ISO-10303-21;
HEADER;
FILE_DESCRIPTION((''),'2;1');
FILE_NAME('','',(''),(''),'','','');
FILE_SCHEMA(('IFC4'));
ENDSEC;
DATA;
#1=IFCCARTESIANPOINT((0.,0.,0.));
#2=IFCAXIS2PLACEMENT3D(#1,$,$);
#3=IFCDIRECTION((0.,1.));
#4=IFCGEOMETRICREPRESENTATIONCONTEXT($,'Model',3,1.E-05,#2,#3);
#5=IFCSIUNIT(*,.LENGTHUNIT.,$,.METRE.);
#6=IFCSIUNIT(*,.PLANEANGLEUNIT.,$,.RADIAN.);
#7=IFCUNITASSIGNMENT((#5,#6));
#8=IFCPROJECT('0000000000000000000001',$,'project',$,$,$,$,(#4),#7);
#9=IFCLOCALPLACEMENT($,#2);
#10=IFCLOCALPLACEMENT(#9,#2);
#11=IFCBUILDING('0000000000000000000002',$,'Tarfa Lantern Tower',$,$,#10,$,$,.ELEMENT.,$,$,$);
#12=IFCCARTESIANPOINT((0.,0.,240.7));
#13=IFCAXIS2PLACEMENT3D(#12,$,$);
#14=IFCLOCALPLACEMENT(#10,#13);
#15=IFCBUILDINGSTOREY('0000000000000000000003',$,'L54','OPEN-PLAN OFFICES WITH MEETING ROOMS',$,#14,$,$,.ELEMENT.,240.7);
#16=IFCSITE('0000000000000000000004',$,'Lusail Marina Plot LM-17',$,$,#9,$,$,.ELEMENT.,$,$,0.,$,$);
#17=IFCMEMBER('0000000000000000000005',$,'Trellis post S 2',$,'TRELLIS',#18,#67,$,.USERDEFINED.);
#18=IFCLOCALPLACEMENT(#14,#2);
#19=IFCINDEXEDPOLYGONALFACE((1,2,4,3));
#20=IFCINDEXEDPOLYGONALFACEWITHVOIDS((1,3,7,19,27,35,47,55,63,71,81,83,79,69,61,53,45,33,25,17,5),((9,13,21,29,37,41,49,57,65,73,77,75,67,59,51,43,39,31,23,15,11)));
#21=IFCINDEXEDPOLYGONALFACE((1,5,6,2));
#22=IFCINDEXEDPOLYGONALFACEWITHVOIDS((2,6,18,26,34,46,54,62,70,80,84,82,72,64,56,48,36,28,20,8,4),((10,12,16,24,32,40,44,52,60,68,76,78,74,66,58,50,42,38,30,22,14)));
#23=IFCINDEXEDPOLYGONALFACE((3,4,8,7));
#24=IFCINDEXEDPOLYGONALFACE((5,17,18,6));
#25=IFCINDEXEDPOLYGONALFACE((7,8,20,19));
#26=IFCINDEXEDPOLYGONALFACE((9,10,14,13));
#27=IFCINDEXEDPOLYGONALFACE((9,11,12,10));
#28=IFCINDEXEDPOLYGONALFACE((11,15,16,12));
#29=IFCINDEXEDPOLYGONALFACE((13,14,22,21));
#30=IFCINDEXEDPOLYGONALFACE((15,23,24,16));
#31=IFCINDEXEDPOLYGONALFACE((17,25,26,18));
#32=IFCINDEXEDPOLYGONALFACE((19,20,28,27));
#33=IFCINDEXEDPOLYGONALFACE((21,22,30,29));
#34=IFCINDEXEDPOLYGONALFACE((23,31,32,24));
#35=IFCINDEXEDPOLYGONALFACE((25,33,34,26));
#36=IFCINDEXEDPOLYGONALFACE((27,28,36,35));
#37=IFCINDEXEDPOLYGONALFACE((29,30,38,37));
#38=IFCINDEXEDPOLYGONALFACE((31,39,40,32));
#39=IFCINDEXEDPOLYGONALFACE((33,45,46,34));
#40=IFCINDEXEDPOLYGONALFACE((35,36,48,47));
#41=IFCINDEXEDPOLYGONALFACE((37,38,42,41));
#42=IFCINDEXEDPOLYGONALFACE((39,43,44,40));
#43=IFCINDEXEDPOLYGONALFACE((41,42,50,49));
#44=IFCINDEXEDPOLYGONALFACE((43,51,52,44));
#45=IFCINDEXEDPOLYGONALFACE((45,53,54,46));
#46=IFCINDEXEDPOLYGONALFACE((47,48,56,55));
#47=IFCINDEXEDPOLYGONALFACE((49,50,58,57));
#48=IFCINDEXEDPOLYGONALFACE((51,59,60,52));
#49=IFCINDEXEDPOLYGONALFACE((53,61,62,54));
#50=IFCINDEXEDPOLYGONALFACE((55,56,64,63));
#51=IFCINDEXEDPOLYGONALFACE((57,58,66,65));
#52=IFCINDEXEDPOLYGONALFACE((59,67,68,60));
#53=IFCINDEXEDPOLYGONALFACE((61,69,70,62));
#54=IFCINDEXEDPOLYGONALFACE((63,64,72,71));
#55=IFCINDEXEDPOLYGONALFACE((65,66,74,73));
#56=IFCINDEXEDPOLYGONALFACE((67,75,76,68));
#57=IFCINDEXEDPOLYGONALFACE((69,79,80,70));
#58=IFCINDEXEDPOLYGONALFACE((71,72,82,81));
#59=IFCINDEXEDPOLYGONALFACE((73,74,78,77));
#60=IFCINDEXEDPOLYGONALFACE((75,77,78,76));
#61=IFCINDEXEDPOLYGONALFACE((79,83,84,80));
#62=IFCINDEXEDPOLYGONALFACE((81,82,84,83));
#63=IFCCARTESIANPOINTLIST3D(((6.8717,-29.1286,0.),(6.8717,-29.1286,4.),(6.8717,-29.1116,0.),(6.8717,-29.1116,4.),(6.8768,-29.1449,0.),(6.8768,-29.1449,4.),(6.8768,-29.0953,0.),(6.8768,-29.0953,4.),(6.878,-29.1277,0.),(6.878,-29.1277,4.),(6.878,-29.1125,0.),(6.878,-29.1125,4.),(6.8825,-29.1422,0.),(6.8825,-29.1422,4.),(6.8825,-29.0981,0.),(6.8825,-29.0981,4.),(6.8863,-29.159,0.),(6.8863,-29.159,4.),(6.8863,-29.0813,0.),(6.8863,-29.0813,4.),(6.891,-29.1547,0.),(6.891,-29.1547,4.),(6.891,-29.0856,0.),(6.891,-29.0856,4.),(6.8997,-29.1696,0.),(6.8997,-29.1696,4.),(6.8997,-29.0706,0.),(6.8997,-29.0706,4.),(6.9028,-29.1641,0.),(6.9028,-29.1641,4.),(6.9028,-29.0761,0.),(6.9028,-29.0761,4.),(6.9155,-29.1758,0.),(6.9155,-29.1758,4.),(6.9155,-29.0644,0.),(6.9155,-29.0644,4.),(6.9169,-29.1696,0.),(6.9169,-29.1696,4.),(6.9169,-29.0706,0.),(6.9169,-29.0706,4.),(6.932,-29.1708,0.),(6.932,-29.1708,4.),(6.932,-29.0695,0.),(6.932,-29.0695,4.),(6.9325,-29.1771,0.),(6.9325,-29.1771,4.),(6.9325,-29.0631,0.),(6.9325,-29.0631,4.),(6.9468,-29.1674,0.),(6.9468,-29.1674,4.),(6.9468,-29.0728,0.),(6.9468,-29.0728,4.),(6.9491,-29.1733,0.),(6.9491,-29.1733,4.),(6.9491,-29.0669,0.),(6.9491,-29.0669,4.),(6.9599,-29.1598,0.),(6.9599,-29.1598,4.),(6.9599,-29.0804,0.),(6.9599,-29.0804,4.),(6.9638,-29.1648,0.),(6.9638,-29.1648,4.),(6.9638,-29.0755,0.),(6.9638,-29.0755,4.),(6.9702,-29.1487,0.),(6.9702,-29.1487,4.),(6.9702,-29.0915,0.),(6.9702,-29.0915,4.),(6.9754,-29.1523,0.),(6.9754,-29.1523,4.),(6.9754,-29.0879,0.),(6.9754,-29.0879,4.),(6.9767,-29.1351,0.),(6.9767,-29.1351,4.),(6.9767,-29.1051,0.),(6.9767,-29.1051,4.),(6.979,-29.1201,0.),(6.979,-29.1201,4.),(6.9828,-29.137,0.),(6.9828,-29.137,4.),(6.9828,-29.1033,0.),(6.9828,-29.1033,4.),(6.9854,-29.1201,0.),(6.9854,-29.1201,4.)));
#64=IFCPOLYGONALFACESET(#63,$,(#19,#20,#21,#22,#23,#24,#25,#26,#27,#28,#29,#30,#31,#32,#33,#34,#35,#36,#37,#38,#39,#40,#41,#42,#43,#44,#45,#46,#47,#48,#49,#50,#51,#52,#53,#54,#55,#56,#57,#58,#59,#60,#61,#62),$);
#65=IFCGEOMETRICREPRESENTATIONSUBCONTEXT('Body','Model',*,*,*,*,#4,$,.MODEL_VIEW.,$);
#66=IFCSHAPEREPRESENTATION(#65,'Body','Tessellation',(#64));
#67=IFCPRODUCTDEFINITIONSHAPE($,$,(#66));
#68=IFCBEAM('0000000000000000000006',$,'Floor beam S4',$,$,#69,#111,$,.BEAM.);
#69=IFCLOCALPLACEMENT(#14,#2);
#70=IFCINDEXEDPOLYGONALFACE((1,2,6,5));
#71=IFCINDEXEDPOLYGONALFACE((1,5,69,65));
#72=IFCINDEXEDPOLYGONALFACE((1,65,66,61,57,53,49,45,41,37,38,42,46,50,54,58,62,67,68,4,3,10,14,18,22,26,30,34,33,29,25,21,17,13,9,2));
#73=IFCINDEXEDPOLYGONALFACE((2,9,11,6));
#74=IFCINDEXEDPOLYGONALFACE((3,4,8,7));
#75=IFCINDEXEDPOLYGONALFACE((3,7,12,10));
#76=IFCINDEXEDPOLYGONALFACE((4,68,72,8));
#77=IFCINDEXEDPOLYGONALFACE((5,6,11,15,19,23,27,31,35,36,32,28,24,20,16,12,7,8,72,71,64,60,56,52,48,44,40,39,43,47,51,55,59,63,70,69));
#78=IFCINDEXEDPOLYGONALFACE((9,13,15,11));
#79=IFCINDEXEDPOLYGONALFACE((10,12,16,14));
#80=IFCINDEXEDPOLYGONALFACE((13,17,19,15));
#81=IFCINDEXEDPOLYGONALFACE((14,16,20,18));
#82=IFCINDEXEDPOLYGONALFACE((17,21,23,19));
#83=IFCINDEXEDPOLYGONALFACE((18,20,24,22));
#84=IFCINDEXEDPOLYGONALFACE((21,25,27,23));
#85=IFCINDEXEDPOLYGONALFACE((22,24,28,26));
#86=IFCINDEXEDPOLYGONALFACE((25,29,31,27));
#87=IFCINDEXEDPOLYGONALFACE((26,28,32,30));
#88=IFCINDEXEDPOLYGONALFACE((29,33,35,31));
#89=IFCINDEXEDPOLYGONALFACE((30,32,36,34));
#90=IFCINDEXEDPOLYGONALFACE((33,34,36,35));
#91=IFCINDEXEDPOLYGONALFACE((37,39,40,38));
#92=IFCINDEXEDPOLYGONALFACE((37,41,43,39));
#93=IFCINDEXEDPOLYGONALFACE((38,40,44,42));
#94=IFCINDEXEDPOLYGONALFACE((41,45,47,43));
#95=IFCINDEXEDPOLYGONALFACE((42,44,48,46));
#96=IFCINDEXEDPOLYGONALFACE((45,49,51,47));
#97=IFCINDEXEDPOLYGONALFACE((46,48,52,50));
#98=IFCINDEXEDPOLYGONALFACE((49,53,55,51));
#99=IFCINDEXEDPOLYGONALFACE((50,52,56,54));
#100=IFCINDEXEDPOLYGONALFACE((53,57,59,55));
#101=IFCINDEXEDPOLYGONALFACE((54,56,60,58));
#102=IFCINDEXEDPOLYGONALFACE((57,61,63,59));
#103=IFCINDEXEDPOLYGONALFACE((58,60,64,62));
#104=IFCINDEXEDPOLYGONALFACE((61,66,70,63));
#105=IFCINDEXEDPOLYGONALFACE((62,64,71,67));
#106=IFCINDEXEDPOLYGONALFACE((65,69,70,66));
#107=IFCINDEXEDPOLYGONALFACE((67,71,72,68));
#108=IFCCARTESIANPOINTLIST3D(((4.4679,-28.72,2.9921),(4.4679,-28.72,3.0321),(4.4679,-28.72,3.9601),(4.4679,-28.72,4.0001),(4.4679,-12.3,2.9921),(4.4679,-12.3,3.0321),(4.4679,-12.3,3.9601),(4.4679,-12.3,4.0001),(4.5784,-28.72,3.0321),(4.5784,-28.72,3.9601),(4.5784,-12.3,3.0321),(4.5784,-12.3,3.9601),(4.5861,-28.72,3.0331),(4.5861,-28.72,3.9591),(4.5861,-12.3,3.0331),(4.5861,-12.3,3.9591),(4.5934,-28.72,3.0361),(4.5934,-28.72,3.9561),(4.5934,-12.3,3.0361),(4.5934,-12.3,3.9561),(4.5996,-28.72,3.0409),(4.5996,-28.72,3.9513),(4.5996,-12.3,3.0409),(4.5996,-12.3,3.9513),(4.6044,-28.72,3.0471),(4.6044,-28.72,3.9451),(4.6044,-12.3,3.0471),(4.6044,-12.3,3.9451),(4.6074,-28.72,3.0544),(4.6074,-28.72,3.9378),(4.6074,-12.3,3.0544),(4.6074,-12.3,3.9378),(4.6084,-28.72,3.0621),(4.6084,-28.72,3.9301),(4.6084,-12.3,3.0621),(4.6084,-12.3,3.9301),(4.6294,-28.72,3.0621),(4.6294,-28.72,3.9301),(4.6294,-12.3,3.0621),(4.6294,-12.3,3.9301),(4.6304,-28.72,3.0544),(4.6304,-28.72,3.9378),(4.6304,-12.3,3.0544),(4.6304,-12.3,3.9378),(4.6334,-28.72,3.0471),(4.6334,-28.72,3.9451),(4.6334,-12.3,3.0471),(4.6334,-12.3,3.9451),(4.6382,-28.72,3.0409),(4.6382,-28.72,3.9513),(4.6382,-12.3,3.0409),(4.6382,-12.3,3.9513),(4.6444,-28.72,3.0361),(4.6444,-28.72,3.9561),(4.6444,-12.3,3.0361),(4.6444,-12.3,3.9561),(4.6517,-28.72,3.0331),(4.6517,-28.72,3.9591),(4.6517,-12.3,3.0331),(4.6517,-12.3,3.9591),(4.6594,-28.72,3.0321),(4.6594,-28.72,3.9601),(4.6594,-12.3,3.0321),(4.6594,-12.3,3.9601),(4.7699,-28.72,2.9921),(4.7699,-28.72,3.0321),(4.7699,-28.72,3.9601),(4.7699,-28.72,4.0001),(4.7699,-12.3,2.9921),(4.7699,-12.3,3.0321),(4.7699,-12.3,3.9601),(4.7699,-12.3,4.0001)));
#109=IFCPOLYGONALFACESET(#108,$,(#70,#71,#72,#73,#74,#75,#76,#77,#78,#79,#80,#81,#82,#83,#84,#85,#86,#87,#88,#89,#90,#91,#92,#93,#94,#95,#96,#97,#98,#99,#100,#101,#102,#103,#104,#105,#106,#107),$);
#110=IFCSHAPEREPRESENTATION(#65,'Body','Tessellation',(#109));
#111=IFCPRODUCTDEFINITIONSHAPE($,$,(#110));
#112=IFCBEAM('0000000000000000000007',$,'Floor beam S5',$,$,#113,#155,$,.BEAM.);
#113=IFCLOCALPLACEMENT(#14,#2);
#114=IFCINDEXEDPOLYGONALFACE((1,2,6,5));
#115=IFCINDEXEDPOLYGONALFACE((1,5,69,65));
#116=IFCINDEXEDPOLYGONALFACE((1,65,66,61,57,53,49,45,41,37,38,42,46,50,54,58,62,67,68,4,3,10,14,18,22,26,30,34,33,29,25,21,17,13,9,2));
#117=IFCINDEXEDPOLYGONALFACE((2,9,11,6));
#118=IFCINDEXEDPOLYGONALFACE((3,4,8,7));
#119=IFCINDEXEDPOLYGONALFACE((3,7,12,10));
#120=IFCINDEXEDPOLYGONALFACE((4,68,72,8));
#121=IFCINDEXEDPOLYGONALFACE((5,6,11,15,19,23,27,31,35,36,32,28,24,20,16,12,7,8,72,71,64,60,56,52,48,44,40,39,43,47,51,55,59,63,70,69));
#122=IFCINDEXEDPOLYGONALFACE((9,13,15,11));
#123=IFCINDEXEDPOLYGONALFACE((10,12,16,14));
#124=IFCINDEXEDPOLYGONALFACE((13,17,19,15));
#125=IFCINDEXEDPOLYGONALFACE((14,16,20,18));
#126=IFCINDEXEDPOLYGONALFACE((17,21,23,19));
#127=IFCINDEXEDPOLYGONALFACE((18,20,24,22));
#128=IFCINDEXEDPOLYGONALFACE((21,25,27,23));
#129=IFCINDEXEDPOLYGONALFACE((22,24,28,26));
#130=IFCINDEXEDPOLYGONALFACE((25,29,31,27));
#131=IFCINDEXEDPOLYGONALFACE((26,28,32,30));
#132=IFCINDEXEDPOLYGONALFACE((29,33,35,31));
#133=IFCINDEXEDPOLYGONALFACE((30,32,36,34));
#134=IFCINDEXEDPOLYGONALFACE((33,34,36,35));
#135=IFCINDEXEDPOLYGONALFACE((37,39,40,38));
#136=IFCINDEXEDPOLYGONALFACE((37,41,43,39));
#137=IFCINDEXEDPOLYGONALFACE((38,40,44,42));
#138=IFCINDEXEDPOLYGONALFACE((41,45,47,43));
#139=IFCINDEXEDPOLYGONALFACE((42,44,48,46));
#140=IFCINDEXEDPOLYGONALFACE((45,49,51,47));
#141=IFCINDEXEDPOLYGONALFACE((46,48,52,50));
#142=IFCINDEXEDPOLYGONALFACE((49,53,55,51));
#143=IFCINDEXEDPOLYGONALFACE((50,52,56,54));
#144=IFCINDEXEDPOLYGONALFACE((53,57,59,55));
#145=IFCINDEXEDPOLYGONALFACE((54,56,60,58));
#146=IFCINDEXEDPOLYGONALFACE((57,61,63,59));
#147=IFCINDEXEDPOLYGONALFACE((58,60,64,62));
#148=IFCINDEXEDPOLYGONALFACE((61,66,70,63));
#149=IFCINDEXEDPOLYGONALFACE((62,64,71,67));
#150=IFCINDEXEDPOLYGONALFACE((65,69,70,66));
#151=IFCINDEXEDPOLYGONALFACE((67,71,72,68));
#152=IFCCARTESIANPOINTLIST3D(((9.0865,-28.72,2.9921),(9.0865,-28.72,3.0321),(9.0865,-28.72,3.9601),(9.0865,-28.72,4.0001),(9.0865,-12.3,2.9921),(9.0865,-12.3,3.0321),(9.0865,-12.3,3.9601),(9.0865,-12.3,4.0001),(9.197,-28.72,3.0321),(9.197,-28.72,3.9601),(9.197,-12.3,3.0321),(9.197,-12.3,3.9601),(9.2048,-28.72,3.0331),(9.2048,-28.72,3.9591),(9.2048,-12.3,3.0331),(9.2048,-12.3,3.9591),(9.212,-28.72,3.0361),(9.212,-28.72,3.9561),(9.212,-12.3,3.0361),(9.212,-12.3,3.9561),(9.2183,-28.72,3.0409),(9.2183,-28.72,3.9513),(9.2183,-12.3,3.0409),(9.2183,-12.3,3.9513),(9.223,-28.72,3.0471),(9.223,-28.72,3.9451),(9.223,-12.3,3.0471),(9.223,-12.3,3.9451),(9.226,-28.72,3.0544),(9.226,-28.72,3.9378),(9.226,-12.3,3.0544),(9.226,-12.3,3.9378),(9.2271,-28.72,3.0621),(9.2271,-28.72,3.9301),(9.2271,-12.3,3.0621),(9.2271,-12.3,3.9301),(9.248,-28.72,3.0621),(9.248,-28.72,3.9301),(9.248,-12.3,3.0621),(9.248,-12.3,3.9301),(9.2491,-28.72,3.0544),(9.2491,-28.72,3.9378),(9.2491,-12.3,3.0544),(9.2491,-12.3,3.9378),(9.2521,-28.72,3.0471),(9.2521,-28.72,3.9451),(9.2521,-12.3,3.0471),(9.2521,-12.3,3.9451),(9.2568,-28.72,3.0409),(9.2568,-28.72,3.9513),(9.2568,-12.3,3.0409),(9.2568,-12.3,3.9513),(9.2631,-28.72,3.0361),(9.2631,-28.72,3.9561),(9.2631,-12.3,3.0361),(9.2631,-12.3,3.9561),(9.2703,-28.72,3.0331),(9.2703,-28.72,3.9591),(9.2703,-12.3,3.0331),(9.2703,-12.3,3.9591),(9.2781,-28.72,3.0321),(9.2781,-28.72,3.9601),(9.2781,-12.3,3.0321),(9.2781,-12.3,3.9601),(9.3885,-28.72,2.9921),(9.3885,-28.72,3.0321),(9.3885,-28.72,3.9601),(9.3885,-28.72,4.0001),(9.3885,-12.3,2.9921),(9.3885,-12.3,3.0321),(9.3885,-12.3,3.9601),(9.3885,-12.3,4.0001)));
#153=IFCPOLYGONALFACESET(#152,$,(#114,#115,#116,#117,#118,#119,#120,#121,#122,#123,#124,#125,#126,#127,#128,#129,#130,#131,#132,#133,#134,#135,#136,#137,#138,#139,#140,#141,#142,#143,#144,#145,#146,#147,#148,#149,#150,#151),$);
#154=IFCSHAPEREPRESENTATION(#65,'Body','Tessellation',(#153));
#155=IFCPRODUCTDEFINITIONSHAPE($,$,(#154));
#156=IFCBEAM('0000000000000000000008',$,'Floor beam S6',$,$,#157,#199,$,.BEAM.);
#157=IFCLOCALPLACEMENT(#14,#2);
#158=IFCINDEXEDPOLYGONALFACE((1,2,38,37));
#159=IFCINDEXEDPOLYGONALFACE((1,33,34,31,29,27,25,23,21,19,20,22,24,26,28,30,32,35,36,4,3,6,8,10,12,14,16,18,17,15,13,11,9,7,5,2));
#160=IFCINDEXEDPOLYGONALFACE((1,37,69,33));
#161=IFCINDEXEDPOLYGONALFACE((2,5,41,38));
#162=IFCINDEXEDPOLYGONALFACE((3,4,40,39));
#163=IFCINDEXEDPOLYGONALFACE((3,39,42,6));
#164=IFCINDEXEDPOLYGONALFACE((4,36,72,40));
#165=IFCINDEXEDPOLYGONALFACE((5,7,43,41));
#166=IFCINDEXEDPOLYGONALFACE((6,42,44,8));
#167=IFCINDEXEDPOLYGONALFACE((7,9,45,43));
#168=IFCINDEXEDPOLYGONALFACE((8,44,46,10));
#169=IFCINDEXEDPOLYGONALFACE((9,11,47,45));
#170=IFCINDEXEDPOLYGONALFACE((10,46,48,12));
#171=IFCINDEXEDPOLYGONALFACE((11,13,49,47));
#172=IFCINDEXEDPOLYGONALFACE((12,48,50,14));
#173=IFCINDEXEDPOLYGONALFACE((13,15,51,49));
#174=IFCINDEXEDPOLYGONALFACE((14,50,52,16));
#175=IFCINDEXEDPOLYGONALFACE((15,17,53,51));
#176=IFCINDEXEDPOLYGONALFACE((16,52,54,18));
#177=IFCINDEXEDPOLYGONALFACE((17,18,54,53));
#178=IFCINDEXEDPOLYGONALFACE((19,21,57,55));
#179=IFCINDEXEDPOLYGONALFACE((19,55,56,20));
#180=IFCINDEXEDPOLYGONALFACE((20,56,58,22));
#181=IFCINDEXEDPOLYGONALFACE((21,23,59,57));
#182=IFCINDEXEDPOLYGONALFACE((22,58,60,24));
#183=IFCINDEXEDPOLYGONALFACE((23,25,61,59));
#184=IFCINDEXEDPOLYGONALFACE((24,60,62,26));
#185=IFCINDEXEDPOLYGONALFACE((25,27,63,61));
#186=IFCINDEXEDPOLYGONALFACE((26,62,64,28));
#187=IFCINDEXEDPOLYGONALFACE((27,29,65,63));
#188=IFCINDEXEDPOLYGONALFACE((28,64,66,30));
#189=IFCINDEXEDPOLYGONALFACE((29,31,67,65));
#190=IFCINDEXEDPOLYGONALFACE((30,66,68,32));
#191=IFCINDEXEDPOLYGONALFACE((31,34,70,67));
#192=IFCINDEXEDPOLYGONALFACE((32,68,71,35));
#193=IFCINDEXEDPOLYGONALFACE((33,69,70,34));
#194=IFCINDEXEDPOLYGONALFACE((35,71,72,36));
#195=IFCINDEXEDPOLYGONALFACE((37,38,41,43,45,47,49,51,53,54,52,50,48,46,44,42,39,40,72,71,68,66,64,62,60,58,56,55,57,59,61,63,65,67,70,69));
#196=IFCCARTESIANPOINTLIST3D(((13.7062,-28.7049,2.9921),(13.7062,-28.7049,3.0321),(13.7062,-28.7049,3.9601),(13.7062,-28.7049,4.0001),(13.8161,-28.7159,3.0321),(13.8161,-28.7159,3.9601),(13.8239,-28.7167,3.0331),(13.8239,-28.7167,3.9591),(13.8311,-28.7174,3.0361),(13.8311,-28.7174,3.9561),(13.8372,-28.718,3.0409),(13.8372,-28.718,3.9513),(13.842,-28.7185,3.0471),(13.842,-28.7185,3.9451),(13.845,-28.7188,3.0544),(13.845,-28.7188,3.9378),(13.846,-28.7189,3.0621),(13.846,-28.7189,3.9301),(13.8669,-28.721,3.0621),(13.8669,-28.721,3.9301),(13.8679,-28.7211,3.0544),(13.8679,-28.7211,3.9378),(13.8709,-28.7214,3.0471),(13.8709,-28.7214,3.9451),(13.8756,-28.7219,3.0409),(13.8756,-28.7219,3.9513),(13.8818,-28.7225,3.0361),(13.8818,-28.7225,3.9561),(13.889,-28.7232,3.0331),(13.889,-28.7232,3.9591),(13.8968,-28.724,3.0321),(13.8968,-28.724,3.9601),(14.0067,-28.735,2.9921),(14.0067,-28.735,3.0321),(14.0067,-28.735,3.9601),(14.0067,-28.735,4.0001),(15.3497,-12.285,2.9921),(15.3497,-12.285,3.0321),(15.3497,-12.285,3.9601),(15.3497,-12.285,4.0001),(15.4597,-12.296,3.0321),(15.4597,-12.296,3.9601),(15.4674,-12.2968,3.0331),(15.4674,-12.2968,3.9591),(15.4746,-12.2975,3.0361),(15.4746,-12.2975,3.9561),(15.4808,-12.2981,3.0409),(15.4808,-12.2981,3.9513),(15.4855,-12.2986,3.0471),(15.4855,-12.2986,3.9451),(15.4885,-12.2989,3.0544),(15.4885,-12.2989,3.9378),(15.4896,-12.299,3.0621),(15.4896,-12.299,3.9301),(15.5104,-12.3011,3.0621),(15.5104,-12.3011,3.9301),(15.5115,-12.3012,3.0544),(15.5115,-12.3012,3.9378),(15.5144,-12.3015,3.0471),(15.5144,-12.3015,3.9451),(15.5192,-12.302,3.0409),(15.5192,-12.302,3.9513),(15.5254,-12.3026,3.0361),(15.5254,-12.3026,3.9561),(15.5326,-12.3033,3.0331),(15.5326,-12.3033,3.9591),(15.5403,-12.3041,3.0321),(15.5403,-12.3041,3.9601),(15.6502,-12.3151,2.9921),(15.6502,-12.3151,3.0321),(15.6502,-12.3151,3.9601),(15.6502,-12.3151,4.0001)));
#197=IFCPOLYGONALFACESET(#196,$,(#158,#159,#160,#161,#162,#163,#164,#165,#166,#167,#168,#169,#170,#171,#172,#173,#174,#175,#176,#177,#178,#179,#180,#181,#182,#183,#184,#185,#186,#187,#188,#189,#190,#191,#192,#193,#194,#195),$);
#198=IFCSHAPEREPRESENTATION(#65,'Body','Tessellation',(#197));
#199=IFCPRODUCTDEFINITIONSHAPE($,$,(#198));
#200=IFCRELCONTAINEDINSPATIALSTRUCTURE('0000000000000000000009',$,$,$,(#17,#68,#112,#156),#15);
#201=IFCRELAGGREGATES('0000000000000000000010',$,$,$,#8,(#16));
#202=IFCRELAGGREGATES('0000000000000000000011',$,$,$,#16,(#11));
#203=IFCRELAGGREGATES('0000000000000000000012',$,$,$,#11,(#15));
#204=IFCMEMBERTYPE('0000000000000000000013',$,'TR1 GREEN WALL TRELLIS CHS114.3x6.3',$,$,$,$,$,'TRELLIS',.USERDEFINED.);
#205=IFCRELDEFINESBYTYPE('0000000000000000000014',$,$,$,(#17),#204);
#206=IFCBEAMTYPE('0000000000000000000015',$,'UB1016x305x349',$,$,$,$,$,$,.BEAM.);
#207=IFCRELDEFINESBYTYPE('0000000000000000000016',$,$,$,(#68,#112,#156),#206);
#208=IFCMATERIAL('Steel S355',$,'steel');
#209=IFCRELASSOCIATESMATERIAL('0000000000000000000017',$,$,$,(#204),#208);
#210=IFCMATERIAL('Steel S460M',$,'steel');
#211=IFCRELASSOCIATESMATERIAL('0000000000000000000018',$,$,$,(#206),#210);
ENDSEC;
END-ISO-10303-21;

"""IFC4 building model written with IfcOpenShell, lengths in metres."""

from ifc_helpers import new_model, si_unit, direction, frame, origin, origin_2d, place, context, subcontext, project, spatial, hollow_circle, i_section, extrude, material, material_profile, profile_set, type_object, element, save


model = new_model("IFC4")

# Units and contexts
model_context = context("Model", 3, precision=1e-05, world=origin(), true_north=direction((0.0, 1.0)))
body_context = subcontext(model_context, "Body", "Model", "MODEL_VIEW")
ifc_project = project(units=[si_unit("LENGTHUNIT", "METRE"), si_unit("PLANEANGLEUNIT", "RADIAN")], contexts=[model_context])

# Site, building, storey
site_placement = place(None, origin())
site = spatial("IfcSite", under=ifc_project, at=site_placement, Name="Lusail Marina Plot LM-17", CompositionType="ELEMENT", RefElevation=0.0)
building_placement = place(site_placement, origin())
building = spatial("IfcBuilding", under=site, at=building_placement, Name="Tarfa Lantern Tower", CompositionType="ELEMENT")
storey_placement = place(building_placement, frame((0.0, 0.0, 240.7)))
storey = spatial("IfcBuildingStorey", under=building, at=storey_placement, Name="L54", Description="OPEN-PLAN OFFICES WITH MEETING ROOMS", CompositionType="ELEMENT", Elevation=240.7)

# Member
ifc_material_1 = material(Name="Steel S355", Category="steel")
ifc_material_profile_1 = material_profile(ifc_material_1, hollow_circle(Radius=0.0571, WallThickness=0.0063, at=origin_2d()), Name="CHS114.3x6.3")
ifc_profile_set_1 = profile_set([ifc_material_profile_1], Name="Steel S355")
member_type_1 = type_object("IfcMemberType", Name="TR1 GREEN WALL TRELLIS CHS114.3x6.3", ElementType="TRELLIS", PredefinedType="USERDEFINED", material=ifc_profile_set_1)
member_1_placement = place(storey_placement, frame((6.9282, -29.1201, 0.0), z_axis=(0.0, 0.0, 1.0), x_axis=(1.0, 0.0, 0.0)))
element("IfcMember", 1, at=member_1_placement, inside=storey, type_object=member_type_1, Name="Trellis post S 2", ObjectType="TRELLIS", PredefinedType="USERDEFINED", context=body_context, shape_type="SweptSolid", body=[
    extrude(hollow_circle(Radius=0.0571, WallThickness=0.0063, at=origin_2d()), origin(), (0.0, 0.0, 1.0), 4.0),
])

# Beams
ifc_material_2 = material(Name="Steel S460M", Category="steel")
ifc_material_profile_2 = material_profile(ifc_material_2, i_section(OverallWidth=0.302, OverallDepth=1.0081, WebThickness=0.021, FlangeThickness=0.04, FilletRadius=0.03, at=origin_2d()), Name="UB1016x305x349")
ifc_profile_set_2 = profile_set([ifc_material_profile_2], Name="Steel S460M")
beam_type_1 = type_object("IfcBeamType", Name="UB1016x305x349", PredefinedType="BEAM", material=ifc_profile_set_2)
for number, where, z_axis, x_axis, name in (
    (2, (4.6189, -28.72, 3.4961), (0.0, 1.0, 0.0), (-1.0, 0.0, 0.0), "Floor beam S4"),
    (3, (9.2375, -28.72, 3.4961), (0.0, 1.0, 0.0), (-1.0, 0.0, 0.0), "Floor beam S5"),
):
    element("IfcBeam", number, at=place(storey_placement, frame(where, z_axis=z_axis, x_axis=x_axis)), inside=storey, type_object=beam_type_1, Name=name, PredefinedType="BEAM", context=body_context, shape_type="SweptSolid", body=[
        extrude(i_section(OverallWidth=0.302, OverallDepth=1.0081, WebThickness=0.021, FlangeThickness=0.04, FilletRadius=0.03, at=origin_2d()), origin(), (0.0, 0.0, 1.0), 16.4199),
    ])
beam_1_placement = place(storey_placement, frame((13.8564, -28.72, 3.4961), z_axis=(0.099597, 0.995028, 0.0), x_axis=(-0.995028, 0.099597, 0.0)))
element("IfcBeam", 4, at=beam_1_placement, inside=storey, type_object=beam_type_1, Name="Floor beam S6", PredefinedType="BEAM", context=body_context, shape_type="SweptSolid", body=[
    extrude(i_section(OverallWidth=0.302, OverallDepth=1.0081, WebThickness=0.021, FlangeThickness=0.04, FilletRadius=0.03, at=origin_2d()), origin(), (0.0, 0.0, 1.0), 16.502),
])

save(model, "model.ifc")
